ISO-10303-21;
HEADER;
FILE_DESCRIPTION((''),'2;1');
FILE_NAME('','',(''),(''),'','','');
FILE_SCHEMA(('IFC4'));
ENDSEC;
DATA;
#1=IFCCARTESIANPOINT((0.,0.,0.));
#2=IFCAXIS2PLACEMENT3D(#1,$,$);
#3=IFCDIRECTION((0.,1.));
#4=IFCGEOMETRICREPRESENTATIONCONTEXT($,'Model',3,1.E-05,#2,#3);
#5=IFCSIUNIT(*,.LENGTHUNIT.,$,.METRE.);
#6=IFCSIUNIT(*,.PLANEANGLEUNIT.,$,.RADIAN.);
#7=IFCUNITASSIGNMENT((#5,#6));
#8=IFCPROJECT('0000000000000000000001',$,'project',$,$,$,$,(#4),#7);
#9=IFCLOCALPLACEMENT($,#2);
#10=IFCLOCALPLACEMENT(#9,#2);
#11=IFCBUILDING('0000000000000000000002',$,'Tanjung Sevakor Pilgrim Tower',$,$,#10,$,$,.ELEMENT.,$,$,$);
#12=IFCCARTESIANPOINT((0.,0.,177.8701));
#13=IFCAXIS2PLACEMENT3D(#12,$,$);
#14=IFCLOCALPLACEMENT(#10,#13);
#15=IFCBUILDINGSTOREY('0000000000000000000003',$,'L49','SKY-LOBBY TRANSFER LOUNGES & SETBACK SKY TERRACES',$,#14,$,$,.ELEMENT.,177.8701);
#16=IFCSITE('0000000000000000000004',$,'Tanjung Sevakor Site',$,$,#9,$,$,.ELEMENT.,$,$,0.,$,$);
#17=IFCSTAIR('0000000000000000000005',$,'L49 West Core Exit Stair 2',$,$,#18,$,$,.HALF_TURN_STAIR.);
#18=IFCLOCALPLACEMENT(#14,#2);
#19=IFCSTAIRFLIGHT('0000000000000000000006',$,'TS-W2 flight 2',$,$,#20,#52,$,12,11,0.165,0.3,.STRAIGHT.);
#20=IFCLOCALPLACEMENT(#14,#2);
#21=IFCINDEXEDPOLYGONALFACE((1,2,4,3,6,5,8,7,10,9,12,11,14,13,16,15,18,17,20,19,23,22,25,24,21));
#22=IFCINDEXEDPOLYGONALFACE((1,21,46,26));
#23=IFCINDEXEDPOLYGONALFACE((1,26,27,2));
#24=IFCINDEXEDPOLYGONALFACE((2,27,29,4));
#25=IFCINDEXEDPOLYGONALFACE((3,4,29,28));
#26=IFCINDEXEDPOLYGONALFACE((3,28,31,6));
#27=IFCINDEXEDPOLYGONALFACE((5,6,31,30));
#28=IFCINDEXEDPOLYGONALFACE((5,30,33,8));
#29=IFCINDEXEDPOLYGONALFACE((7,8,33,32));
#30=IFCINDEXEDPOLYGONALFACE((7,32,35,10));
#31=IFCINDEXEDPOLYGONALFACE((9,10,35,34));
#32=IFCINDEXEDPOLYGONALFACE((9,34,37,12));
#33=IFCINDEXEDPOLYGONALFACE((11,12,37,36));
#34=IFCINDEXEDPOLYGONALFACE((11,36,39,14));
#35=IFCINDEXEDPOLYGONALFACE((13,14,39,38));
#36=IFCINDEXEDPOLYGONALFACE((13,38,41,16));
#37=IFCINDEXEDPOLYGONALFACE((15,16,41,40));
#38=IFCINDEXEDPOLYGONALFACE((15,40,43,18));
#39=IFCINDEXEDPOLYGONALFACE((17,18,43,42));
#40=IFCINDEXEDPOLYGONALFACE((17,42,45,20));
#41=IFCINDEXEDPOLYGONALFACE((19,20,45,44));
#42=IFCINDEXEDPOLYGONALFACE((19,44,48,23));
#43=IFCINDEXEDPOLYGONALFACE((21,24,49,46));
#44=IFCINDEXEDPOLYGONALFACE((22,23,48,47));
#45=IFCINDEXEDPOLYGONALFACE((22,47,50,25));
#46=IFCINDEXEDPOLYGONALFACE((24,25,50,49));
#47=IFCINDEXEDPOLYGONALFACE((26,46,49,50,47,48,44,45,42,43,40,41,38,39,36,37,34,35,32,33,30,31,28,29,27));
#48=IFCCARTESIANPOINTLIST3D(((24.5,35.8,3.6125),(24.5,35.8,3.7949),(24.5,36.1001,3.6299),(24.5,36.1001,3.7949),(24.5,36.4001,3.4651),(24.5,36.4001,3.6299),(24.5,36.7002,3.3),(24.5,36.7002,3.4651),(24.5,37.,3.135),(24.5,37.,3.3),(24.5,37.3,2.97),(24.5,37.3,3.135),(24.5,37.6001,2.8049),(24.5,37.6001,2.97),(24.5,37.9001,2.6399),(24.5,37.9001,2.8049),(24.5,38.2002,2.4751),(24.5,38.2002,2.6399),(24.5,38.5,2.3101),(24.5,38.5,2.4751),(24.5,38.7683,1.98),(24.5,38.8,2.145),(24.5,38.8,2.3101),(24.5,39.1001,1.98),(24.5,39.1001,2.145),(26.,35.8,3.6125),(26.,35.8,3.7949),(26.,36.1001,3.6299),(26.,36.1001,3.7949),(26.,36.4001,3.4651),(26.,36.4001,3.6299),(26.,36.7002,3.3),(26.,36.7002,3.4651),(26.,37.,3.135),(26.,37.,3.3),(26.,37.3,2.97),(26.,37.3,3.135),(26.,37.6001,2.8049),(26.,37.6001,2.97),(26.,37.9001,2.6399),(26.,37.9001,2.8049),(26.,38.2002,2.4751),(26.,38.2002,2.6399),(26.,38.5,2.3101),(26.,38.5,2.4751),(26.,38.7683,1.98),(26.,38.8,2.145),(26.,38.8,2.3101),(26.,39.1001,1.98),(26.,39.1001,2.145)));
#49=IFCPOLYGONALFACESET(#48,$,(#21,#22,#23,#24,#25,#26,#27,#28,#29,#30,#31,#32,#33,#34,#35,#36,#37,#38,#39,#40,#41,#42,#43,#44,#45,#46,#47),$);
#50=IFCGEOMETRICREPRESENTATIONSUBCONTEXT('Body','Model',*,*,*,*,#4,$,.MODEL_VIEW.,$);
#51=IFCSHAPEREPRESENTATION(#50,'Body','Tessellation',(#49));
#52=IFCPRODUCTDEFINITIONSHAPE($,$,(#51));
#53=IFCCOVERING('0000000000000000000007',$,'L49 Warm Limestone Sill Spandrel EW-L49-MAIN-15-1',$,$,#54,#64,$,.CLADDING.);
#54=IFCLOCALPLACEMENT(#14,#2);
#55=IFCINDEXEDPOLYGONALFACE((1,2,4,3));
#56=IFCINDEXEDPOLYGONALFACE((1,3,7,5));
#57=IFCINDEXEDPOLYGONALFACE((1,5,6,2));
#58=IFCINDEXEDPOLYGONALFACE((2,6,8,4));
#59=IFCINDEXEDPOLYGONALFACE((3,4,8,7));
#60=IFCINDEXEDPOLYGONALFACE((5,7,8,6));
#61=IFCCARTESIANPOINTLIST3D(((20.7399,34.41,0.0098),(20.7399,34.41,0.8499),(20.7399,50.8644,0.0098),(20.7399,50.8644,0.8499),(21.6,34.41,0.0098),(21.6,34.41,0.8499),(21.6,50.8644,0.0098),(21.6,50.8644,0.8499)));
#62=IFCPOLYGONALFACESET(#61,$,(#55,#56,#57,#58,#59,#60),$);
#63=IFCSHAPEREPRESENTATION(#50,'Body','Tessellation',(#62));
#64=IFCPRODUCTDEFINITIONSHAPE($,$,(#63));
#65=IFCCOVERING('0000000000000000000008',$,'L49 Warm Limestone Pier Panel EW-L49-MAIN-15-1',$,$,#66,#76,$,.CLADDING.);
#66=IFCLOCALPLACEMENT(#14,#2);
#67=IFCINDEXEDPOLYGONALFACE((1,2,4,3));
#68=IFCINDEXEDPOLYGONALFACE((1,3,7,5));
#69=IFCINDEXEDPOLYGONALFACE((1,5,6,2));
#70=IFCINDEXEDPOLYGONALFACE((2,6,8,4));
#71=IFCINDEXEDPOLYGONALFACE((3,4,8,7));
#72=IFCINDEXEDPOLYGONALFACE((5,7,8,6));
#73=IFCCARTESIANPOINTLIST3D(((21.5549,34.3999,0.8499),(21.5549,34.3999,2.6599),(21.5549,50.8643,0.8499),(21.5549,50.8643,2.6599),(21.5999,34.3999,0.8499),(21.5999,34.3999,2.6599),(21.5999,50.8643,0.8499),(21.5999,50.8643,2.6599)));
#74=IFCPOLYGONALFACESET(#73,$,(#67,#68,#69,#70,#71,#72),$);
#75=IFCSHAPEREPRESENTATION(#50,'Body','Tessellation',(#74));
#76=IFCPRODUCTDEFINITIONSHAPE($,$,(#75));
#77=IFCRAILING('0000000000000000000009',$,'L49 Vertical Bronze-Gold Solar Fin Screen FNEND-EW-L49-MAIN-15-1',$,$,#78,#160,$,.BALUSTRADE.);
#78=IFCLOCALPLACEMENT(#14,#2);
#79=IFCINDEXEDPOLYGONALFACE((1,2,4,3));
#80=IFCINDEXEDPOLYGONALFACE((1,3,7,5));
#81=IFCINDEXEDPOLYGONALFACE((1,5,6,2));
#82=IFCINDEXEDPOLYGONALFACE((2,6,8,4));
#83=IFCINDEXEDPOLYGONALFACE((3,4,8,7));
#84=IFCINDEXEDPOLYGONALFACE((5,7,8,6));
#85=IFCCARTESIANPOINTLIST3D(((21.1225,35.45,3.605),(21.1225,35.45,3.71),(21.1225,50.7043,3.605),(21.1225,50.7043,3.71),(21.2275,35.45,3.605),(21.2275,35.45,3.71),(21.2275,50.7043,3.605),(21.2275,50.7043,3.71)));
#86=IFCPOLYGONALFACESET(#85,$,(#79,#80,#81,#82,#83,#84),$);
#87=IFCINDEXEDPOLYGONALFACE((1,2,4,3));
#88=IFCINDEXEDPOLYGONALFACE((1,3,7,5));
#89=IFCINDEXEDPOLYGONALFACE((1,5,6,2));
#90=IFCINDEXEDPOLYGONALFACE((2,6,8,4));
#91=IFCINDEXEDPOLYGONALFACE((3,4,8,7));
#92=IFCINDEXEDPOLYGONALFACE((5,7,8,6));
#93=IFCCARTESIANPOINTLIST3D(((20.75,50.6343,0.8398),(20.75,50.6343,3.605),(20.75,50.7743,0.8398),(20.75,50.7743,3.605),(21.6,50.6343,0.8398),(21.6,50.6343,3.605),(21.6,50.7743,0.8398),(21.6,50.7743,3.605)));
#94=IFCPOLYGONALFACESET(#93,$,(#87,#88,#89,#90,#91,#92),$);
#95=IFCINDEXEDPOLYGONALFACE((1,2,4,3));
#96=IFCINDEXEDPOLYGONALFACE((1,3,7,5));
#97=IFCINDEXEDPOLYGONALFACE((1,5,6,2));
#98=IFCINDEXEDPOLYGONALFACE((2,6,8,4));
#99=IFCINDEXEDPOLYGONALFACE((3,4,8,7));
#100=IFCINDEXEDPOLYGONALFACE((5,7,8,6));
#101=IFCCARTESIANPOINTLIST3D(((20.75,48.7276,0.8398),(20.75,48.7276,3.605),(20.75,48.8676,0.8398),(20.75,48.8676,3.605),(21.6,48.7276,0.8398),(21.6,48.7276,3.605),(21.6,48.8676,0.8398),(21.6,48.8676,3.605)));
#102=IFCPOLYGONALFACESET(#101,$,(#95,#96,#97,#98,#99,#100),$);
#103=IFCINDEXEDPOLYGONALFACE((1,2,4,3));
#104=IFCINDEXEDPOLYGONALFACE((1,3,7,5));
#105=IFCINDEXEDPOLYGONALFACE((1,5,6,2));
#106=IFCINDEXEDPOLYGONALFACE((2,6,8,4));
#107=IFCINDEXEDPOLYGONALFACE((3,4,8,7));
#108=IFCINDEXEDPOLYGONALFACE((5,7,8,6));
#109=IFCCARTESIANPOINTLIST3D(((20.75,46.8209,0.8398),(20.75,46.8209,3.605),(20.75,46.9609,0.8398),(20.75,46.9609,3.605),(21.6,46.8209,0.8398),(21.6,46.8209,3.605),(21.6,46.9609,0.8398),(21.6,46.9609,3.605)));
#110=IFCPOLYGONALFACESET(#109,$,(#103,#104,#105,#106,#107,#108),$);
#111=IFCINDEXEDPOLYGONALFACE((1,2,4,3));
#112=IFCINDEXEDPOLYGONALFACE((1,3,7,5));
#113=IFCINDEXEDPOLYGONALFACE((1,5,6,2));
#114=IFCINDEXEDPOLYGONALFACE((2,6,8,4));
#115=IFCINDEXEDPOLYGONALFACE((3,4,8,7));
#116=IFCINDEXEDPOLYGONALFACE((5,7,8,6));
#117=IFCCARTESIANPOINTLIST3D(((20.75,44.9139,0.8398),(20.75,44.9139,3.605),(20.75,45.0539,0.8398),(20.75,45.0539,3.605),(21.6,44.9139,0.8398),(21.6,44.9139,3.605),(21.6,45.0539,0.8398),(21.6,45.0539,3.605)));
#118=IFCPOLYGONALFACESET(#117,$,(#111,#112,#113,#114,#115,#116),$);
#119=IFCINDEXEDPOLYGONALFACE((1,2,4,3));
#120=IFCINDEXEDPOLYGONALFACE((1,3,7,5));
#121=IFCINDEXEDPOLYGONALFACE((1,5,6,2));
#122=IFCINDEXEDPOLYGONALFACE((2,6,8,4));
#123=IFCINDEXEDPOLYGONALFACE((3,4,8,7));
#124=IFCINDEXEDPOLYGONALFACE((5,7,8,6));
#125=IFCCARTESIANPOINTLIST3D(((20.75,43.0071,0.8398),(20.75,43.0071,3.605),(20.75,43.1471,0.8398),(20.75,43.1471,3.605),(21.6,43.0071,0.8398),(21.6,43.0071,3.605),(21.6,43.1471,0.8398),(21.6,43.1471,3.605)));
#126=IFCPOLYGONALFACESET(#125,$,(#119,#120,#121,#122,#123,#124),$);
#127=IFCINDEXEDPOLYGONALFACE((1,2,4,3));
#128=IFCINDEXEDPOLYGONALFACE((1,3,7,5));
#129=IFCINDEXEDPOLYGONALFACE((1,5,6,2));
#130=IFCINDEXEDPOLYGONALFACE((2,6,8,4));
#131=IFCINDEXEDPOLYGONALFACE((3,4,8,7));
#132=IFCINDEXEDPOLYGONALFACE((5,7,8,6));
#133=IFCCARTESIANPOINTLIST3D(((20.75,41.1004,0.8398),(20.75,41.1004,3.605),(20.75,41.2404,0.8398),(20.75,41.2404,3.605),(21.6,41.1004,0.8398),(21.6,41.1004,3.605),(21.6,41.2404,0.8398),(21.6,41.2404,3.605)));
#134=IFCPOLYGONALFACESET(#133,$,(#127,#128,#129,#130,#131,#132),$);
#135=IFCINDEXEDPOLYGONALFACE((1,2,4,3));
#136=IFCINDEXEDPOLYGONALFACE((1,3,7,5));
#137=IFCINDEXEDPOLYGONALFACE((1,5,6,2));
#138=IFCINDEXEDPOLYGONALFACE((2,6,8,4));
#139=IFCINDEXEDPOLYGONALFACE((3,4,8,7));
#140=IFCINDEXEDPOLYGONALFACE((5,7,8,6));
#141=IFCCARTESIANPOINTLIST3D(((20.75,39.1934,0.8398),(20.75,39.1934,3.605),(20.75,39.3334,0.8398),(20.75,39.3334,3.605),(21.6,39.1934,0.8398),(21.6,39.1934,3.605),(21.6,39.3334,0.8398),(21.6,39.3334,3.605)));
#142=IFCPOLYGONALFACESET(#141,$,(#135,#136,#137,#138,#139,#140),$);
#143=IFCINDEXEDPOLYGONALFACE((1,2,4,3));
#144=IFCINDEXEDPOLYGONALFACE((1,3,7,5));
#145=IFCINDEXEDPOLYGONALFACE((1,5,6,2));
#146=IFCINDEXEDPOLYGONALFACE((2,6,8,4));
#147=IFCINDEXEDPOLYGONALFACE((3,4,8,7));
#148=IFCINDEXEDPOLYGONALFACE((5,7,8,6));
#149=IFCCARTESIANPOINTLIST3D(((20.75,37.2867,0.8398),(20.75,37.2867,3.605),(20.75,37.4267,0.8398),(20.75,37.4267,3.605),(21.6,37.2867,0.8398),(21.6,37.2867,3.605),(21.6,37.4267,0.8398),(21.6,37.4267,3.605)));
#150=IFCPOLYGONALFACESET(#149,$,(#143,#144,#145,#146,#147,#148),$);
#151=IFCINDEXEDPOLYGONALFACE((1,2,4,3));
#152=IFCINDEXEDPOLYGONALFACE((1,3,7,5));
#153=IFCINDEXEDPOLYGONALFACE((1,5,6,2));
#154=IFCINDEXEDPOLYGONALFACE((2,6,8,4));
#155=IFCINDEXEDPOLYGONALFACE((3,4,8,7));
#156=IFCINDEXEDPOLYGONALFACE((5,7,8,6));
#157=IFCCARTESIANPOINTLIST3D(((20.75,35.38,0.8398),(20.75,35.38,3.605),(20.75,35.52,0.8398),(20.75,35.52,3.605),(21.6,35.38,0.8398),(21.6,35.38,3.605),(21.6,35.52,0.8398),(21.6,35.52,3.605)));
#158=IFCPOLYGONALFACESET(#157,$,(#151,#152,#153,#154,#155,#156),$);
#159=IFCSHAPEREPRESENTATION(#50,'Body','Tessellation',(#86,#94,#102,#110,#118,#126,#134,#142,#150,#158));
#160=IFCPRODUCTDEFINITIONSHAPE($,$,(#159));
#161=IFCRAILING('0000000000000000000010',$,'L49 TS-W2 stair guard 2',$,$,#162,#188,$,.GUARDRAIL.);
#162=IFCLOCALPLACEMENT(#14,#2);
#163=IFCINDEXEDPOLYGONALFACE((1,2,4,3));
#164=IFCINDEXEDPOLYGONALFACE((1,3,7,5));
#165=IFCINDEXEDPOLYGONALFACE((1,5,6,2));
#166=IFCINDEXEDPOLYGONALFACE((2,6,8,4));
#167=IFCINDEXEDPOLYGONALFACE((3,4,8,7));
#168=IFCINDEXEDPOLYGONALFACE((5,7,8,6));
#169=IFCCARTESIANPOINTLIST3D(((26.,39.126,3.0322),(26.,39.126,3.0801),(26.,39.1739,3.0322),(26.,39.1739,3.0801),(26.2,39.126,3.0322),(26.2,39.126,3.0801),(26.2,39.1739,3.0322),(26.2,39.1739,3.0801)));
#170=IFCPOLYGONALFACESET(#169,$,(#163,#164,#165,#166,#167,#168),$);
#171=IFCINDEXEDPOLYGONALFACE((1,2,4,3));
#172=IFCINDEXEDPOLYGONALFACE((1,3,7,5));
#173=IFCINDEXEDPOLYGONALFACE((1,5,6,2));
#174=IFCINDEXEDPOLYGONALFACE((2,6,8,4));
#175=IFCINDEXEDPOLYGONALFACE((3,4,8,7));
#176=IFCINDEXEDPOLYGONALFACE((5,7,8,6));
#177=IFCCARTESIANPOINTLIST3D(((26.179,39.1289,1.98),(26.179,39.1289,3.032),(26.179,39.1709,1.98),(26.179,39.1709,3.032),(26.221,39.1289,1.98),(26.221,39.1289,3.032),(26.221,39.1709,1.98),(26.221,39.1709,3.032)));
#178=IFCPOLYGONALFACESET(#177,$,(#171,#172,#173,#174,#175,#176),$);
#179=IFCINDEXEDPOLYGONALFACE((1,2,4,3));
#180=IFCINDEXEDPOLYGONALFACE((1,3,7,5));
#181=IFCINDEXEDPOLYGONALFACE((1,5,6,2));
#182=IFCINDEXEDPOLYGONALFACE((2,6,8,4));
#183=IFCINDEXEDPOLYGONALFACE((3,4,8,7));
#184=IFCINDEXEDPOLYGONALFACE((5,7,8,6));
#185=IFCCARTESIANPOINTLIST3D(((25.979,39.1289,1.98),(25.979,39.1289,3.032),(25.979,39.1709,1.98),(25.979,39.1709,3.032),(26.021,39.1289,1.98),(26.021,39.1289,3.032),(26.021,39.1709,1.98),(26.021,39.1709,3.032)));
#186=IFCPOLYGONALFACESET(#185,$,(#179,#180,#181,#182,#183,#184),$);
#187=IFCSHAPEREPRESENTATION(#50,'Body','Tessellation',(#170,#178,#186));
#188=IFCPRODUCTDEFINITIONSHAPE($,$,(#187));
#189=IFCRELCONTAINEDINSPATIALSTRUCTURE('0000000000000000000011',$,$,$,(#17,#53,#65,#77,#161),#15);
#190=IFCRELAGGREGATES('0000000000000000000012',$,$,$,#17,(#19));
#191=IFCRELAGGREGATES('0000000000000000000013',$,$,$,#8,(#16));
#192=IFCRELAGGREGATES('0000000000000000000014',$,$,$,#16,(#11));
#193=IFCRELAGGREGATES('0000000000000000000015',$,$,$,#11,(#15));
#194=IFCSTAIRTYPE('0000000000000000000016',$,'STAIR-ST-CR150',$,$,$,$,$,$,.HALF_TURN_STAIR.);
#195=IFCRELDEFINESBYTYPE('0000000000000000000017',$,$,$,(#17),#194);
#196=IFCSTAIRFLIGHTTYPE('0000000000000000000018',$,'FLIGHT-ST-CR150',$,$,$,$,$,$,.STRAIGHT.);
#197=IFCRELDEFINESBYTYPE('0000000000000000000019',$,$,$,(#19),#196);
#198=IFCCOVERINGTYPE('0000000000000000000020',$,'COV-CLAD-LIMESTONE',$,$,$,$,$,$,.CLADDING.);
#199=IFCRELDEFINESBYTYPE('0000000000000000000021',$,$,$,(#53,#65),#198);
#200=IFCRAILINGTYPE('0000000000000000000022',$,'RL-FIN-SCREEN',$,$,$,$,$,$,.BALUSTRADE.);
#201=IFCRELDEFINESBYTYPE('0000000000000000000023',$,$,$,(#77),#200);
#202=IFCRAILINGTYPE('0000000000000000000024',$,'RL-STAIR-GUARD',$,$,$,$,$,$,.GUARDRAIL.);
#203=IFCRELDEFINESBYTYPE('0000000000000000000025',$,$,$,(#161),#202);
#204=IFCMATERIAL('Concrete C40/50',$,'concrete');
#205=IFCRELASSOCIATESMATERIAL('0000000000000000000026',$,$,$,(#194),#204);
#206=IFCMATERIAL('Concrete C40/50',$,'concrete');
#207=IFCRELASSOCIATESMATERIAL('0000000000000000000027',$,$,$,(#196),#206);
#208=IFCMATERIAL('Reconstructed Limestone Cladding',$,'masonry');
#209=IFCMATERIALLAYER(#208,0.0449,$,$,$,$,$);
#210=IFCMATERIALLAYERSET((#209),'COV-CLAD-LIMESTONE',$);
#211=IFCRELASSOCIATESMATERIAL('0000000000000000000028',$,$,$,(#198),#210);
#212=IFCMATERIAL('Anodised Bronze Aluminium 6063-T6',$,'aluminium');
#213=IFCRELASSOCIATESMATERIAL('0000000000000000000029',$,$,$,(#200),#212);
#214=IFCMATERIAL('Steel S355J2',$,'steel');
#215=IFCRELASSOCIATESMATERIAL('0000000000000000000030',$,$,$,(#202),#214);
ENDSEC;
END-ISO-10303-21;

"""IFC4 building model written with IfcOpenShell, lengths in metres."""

from ifc_helpers import new_model, si_unit, direction, frame, origin, origin_2d, place, context, subcontext, project, spatial, polyline, rectangle, outline, extrude, material, layer, layer_set, type_object, element, aggregate, save


model = new_model("IFC4")

# Units and contexts
model_context = context("Model", 3, precision=1e-05, world=origin(), true_north=direction((0.0, 1.0)))
body_context = subcontext(model_context, "Body", "Model", "MODEL_VIEW")
ifc_project = project(units=[si_unit("LENGTHUNIT", "METRE"), si_unit("PLANEANGLEUNIT", "RADIAN")], contexts=[model_context])

# Site, building, storey
site_placement = place(None, origin())
site = spatial("IfcSite", under=ifc_project, at=site_placement, Name="Tanjung Sevakor Site", CompositionType="ELEMENT", RefElevation=0.0)
building_placement = place(site_placement, origin())
building = spatial("IfcBuilding", under=site, at=building_placement, Name="Tanjung Sevakor Pilgrim Tower", CompositionType="ELEMENT")
storey_placement = place(building_placement, frame((0.0, 0.0, 177.8701)))
storey = spatial("IfcBuildingStorey", under=building, at=storey_placement, Name="L49", Description="SKY-LOBBY TRANSFER LOUNGES & SETBACK SKY TERRACES", CompositionType="ELEMENT", Elevation=177.8701)

# Stair, stair flight
ifc_material_1 = material(Name="Concrete C40/50", Category="concrete")
stair_type = type_object("IfcStairType", Name="STAIR-ST-CR150", PredefinedType="HALF_TURN_STAIR", material=ifc_material_1)
stair_placement = place(storey_placement, origin())
stair = element("IfcStair", 1, at=stair_placement, inside=storey, type_object=stair_type, Name="L49 West Core Exit Stair 2", PredefinedType="HALF_TURN_STAIR")
ifc_material_2 = material(Name="Concrete C40/50", Category="concrete")
stair_flight_type = type_object("IfcStairFlightType", Name="FLIGHT-ST-CR150", PredefinedType="STRAIGHT", material=ifc_material_2)
stair_flight_placement = place(storey_placement, frame((25.25, 39.1001, 1.98), z_axis=(0.0, 0.0, 1.0), x_axis=(0.0, -1.0, 0.0)))
stair_flight = element("IfcStairFlight", 2, at=stair_flight_placement, type_object=stair_flight_type, Name="TS-W2 flight 2", NumberOfRisers=12, NumberOfTreads=11, PredefinedType="STRAIGHT", RiserHeight=0.165, TreadLength=0.3, context=body_context, shape_type="SweptSolid", body=[
    extrude(outline(polyline([(0.0, 0.0), (0.0, 0.165), (0.3, 0.165), (0.3, 0.3301), (0.6001, 0.3301), (0.6001, 0.4951), (0.8999, 0.4951), (0.8999, 0.6599), (1.2, 0.6599), (1.2, 0.825), (1.5, 0.825), (1.5, 0.99), (1.8, 0.99), (1.8, 1.155), (2.1001, 1.155), (2.1001, 1.3201), (2.3999, 1.3201), (2.3999, 1.4851), (2.7, 1.4851), (2.7, 1.6499), (3.0, 1.6499), (3.0, 1.8149), (3.3, 1.8149), (3.3, 1.98), (3.3, 1.6326), (0.3318, 0.0), (0.0, 0.0)])), frame((0.0, 0.75, 0.0), z_axis=(0.0, -1.0, 0.0), x_axis=(1.0, 0.0, 0.0)), (0.0, 0.0, 1.0), 1.5),
])
aggregate(stair, [stair_flight])

# Coverings
ifc_material_3 = material(Name="Reconstructed Limestone Cladding", Category="masonry")
ifc_layer_1 = layer(ifc_material_3, 0.0449)
ifc_layer_set_1 = layer_set([ifc_layer_1], Name="COV-CLAD-LIMESTONE")
covering_type = type_object("IfcCoveringType", Name="COV-CLAD-LIMESTONE", PredefinedType="CLADDING", material=ifc_layer_set_1)
covering_1_placement = place(storey_placement, frame((21.1699, 42.6372, 0.0098), z_axis=(0.0, 0.0, 1.0), x_axis=(0.0, -1.0, 0.0)))
element("IfcCovering", 3, at=covering_1_placement, inside=storey, type_object=covering_type, Name="L49 Warm Limestone Sill Spandrel EW-L49-MAIN-15-1", PredefinedType="CLADDING", context=body_context, shape_type="SweptSolid", body=[
    extrude(rectangle(XDim=16.4543, YDim=0.8601, at=origin_2d()), origin(), (0.0, 0.0, 1.0), 0.8401),
])
covering_2_placement = place(storey_placement, frame((21.5774, 42.6321, 0.8499), z_axis=(0.0, 0.0, 1.0), x_axis=(0.0, -1.0, 0.0)))
element("IfcCovering", 4, at=covering_2_placement, inside=storey, type_object=covering_type, Name="L49 Warm Limestone Pier Panel EW-L49-MAIN-15-1", PredefinedType="CLADDING", context=body_context, shape_type="SweptSolid", body=[
    extrude(rectangle(XDim=16.4644, YDim=0.0449, at=origin_2d()), origin(), (0.0, 0.0, 1.0), 1.8101),
])

# Railings
ifc_material_4 = material(Name="Anodised Bronze Aluminium 6063-T6", Category="aluminium")
railing_type_1 = type_object("IfcRailingType", Name="RL-FIN-SCREEN", PredefinedType="BALUSTRADE", material=ifc_material_4)
railing_1_placement = place(storey_placement, frame((21.175, 50.7043, 0.8398)))
element("IfcRailing", 5, at=railing_1_placement, inside=storey, type_object=railing_type_1, Name="L49 Vertical Bronze-Gold Solar Fin Screen FNEND-EW-L49-MAIN-15-1", PredefinedType="BALUSTRADE", context=body_context, shape_type="SweptSolid", body=[
    extrude(rectangle(XDim=0.105, YDim=0.105), frame((0.0, 0.0, 2.8176), z_axis=(0.0, -1.0, 0.0), x_axis=(1.0, 0.0, 0.0)), (0.0, 0.0, 1.0), 15.2544),
    extrude(rectangle(XDim=0.85, YDim=0.14), origin(), (0.0, 0.0, 1.0), 2.7651),
    extrude(rectangle(XDim=0.85, YDim=0.14), frame((0.0, -1.9067, 0.0)), (0.0, 0.0, 1.0), 2.7651),
    extrude(rectangle(XDim=0.85, YDim=0.14), frame((0.0, -3.8135, 0.0)), (0.0, 0.0, 1.0), 2.7651),
    extrude(rectangle(XDim=0.85, YDim=0.14), frame((0.0, -5.7205, 0.0)), (0.0, 0.0, 1.0), 2.7651),
    extrude(rectangle(XDim=0.85, YDim=0.14), frame((0.0, -7.6272, 0.0)), (0.0, 0.0, 1.0), 2.7651),
    extrude(rectangle(XDim=0.85, YDim=0.14), frame((0.0, -9.5339, 0.0)), (0.0, 0.0, 1.0), 2.7651),
    extrude(rectangle(XDim=0.85, YDim=0.14), frame((0.0, -11.4409, 0.0)), (0.0, 0.0, 1.0), 2.7651),
    extrude(rectangle(XDim=0.85, YDim=0.14), frame((0.0, -13.3477, 0.0)), (0.0, 0.0, 1.0), 2.7651),
    extrude(rectangle(XDim=0.85, YDim=0.14), frame((0.0, -15.2544, 0.0)), (0.0, 0.0, 1.0), 2.7651),
])
ifc_material_5 = material(Name="Steel S355J2", Category="steel")
railing_type_2 = type_object("IfcRailingType", Name="RL-STAIR-GUARD", PredefinedType="GUARDRAIL", material=ifc_material_5)
railing_2_placement = place(storey_placement, frame((26.2, 39.1499, 1.98)))
element("IfcRailing", 6, at=railing_2_placement, inside=storey, type_object=railing_type_2, Name="L49 TS-W2 stair guard 2", PredefinedType="GUARDRAIL", context=body_context, shape_type="SweptSolid", body=[
    extrude(rectangle(XDim=0.0479, YDim=0.0479), frame((0.0, 0.0, 1.0762), z_axis=(-1.0, 0.0, 0.0), x_axis=(0.0, -1.0, 0.0)), (0.0, 0.0, 1.0), 0.2),
    extrude(rectangle(XDim=0.042, YDim=0.042), origin(), (0.0, 0.0, 1.0), 1.052),
    extrude(rectangle(XDim=0.042, YDim=0.042), frame((-0.2, 0.0, 0.0)), (0.0, 0.0, 1.0), 1.052),
])

save(model, "model.ifc")
